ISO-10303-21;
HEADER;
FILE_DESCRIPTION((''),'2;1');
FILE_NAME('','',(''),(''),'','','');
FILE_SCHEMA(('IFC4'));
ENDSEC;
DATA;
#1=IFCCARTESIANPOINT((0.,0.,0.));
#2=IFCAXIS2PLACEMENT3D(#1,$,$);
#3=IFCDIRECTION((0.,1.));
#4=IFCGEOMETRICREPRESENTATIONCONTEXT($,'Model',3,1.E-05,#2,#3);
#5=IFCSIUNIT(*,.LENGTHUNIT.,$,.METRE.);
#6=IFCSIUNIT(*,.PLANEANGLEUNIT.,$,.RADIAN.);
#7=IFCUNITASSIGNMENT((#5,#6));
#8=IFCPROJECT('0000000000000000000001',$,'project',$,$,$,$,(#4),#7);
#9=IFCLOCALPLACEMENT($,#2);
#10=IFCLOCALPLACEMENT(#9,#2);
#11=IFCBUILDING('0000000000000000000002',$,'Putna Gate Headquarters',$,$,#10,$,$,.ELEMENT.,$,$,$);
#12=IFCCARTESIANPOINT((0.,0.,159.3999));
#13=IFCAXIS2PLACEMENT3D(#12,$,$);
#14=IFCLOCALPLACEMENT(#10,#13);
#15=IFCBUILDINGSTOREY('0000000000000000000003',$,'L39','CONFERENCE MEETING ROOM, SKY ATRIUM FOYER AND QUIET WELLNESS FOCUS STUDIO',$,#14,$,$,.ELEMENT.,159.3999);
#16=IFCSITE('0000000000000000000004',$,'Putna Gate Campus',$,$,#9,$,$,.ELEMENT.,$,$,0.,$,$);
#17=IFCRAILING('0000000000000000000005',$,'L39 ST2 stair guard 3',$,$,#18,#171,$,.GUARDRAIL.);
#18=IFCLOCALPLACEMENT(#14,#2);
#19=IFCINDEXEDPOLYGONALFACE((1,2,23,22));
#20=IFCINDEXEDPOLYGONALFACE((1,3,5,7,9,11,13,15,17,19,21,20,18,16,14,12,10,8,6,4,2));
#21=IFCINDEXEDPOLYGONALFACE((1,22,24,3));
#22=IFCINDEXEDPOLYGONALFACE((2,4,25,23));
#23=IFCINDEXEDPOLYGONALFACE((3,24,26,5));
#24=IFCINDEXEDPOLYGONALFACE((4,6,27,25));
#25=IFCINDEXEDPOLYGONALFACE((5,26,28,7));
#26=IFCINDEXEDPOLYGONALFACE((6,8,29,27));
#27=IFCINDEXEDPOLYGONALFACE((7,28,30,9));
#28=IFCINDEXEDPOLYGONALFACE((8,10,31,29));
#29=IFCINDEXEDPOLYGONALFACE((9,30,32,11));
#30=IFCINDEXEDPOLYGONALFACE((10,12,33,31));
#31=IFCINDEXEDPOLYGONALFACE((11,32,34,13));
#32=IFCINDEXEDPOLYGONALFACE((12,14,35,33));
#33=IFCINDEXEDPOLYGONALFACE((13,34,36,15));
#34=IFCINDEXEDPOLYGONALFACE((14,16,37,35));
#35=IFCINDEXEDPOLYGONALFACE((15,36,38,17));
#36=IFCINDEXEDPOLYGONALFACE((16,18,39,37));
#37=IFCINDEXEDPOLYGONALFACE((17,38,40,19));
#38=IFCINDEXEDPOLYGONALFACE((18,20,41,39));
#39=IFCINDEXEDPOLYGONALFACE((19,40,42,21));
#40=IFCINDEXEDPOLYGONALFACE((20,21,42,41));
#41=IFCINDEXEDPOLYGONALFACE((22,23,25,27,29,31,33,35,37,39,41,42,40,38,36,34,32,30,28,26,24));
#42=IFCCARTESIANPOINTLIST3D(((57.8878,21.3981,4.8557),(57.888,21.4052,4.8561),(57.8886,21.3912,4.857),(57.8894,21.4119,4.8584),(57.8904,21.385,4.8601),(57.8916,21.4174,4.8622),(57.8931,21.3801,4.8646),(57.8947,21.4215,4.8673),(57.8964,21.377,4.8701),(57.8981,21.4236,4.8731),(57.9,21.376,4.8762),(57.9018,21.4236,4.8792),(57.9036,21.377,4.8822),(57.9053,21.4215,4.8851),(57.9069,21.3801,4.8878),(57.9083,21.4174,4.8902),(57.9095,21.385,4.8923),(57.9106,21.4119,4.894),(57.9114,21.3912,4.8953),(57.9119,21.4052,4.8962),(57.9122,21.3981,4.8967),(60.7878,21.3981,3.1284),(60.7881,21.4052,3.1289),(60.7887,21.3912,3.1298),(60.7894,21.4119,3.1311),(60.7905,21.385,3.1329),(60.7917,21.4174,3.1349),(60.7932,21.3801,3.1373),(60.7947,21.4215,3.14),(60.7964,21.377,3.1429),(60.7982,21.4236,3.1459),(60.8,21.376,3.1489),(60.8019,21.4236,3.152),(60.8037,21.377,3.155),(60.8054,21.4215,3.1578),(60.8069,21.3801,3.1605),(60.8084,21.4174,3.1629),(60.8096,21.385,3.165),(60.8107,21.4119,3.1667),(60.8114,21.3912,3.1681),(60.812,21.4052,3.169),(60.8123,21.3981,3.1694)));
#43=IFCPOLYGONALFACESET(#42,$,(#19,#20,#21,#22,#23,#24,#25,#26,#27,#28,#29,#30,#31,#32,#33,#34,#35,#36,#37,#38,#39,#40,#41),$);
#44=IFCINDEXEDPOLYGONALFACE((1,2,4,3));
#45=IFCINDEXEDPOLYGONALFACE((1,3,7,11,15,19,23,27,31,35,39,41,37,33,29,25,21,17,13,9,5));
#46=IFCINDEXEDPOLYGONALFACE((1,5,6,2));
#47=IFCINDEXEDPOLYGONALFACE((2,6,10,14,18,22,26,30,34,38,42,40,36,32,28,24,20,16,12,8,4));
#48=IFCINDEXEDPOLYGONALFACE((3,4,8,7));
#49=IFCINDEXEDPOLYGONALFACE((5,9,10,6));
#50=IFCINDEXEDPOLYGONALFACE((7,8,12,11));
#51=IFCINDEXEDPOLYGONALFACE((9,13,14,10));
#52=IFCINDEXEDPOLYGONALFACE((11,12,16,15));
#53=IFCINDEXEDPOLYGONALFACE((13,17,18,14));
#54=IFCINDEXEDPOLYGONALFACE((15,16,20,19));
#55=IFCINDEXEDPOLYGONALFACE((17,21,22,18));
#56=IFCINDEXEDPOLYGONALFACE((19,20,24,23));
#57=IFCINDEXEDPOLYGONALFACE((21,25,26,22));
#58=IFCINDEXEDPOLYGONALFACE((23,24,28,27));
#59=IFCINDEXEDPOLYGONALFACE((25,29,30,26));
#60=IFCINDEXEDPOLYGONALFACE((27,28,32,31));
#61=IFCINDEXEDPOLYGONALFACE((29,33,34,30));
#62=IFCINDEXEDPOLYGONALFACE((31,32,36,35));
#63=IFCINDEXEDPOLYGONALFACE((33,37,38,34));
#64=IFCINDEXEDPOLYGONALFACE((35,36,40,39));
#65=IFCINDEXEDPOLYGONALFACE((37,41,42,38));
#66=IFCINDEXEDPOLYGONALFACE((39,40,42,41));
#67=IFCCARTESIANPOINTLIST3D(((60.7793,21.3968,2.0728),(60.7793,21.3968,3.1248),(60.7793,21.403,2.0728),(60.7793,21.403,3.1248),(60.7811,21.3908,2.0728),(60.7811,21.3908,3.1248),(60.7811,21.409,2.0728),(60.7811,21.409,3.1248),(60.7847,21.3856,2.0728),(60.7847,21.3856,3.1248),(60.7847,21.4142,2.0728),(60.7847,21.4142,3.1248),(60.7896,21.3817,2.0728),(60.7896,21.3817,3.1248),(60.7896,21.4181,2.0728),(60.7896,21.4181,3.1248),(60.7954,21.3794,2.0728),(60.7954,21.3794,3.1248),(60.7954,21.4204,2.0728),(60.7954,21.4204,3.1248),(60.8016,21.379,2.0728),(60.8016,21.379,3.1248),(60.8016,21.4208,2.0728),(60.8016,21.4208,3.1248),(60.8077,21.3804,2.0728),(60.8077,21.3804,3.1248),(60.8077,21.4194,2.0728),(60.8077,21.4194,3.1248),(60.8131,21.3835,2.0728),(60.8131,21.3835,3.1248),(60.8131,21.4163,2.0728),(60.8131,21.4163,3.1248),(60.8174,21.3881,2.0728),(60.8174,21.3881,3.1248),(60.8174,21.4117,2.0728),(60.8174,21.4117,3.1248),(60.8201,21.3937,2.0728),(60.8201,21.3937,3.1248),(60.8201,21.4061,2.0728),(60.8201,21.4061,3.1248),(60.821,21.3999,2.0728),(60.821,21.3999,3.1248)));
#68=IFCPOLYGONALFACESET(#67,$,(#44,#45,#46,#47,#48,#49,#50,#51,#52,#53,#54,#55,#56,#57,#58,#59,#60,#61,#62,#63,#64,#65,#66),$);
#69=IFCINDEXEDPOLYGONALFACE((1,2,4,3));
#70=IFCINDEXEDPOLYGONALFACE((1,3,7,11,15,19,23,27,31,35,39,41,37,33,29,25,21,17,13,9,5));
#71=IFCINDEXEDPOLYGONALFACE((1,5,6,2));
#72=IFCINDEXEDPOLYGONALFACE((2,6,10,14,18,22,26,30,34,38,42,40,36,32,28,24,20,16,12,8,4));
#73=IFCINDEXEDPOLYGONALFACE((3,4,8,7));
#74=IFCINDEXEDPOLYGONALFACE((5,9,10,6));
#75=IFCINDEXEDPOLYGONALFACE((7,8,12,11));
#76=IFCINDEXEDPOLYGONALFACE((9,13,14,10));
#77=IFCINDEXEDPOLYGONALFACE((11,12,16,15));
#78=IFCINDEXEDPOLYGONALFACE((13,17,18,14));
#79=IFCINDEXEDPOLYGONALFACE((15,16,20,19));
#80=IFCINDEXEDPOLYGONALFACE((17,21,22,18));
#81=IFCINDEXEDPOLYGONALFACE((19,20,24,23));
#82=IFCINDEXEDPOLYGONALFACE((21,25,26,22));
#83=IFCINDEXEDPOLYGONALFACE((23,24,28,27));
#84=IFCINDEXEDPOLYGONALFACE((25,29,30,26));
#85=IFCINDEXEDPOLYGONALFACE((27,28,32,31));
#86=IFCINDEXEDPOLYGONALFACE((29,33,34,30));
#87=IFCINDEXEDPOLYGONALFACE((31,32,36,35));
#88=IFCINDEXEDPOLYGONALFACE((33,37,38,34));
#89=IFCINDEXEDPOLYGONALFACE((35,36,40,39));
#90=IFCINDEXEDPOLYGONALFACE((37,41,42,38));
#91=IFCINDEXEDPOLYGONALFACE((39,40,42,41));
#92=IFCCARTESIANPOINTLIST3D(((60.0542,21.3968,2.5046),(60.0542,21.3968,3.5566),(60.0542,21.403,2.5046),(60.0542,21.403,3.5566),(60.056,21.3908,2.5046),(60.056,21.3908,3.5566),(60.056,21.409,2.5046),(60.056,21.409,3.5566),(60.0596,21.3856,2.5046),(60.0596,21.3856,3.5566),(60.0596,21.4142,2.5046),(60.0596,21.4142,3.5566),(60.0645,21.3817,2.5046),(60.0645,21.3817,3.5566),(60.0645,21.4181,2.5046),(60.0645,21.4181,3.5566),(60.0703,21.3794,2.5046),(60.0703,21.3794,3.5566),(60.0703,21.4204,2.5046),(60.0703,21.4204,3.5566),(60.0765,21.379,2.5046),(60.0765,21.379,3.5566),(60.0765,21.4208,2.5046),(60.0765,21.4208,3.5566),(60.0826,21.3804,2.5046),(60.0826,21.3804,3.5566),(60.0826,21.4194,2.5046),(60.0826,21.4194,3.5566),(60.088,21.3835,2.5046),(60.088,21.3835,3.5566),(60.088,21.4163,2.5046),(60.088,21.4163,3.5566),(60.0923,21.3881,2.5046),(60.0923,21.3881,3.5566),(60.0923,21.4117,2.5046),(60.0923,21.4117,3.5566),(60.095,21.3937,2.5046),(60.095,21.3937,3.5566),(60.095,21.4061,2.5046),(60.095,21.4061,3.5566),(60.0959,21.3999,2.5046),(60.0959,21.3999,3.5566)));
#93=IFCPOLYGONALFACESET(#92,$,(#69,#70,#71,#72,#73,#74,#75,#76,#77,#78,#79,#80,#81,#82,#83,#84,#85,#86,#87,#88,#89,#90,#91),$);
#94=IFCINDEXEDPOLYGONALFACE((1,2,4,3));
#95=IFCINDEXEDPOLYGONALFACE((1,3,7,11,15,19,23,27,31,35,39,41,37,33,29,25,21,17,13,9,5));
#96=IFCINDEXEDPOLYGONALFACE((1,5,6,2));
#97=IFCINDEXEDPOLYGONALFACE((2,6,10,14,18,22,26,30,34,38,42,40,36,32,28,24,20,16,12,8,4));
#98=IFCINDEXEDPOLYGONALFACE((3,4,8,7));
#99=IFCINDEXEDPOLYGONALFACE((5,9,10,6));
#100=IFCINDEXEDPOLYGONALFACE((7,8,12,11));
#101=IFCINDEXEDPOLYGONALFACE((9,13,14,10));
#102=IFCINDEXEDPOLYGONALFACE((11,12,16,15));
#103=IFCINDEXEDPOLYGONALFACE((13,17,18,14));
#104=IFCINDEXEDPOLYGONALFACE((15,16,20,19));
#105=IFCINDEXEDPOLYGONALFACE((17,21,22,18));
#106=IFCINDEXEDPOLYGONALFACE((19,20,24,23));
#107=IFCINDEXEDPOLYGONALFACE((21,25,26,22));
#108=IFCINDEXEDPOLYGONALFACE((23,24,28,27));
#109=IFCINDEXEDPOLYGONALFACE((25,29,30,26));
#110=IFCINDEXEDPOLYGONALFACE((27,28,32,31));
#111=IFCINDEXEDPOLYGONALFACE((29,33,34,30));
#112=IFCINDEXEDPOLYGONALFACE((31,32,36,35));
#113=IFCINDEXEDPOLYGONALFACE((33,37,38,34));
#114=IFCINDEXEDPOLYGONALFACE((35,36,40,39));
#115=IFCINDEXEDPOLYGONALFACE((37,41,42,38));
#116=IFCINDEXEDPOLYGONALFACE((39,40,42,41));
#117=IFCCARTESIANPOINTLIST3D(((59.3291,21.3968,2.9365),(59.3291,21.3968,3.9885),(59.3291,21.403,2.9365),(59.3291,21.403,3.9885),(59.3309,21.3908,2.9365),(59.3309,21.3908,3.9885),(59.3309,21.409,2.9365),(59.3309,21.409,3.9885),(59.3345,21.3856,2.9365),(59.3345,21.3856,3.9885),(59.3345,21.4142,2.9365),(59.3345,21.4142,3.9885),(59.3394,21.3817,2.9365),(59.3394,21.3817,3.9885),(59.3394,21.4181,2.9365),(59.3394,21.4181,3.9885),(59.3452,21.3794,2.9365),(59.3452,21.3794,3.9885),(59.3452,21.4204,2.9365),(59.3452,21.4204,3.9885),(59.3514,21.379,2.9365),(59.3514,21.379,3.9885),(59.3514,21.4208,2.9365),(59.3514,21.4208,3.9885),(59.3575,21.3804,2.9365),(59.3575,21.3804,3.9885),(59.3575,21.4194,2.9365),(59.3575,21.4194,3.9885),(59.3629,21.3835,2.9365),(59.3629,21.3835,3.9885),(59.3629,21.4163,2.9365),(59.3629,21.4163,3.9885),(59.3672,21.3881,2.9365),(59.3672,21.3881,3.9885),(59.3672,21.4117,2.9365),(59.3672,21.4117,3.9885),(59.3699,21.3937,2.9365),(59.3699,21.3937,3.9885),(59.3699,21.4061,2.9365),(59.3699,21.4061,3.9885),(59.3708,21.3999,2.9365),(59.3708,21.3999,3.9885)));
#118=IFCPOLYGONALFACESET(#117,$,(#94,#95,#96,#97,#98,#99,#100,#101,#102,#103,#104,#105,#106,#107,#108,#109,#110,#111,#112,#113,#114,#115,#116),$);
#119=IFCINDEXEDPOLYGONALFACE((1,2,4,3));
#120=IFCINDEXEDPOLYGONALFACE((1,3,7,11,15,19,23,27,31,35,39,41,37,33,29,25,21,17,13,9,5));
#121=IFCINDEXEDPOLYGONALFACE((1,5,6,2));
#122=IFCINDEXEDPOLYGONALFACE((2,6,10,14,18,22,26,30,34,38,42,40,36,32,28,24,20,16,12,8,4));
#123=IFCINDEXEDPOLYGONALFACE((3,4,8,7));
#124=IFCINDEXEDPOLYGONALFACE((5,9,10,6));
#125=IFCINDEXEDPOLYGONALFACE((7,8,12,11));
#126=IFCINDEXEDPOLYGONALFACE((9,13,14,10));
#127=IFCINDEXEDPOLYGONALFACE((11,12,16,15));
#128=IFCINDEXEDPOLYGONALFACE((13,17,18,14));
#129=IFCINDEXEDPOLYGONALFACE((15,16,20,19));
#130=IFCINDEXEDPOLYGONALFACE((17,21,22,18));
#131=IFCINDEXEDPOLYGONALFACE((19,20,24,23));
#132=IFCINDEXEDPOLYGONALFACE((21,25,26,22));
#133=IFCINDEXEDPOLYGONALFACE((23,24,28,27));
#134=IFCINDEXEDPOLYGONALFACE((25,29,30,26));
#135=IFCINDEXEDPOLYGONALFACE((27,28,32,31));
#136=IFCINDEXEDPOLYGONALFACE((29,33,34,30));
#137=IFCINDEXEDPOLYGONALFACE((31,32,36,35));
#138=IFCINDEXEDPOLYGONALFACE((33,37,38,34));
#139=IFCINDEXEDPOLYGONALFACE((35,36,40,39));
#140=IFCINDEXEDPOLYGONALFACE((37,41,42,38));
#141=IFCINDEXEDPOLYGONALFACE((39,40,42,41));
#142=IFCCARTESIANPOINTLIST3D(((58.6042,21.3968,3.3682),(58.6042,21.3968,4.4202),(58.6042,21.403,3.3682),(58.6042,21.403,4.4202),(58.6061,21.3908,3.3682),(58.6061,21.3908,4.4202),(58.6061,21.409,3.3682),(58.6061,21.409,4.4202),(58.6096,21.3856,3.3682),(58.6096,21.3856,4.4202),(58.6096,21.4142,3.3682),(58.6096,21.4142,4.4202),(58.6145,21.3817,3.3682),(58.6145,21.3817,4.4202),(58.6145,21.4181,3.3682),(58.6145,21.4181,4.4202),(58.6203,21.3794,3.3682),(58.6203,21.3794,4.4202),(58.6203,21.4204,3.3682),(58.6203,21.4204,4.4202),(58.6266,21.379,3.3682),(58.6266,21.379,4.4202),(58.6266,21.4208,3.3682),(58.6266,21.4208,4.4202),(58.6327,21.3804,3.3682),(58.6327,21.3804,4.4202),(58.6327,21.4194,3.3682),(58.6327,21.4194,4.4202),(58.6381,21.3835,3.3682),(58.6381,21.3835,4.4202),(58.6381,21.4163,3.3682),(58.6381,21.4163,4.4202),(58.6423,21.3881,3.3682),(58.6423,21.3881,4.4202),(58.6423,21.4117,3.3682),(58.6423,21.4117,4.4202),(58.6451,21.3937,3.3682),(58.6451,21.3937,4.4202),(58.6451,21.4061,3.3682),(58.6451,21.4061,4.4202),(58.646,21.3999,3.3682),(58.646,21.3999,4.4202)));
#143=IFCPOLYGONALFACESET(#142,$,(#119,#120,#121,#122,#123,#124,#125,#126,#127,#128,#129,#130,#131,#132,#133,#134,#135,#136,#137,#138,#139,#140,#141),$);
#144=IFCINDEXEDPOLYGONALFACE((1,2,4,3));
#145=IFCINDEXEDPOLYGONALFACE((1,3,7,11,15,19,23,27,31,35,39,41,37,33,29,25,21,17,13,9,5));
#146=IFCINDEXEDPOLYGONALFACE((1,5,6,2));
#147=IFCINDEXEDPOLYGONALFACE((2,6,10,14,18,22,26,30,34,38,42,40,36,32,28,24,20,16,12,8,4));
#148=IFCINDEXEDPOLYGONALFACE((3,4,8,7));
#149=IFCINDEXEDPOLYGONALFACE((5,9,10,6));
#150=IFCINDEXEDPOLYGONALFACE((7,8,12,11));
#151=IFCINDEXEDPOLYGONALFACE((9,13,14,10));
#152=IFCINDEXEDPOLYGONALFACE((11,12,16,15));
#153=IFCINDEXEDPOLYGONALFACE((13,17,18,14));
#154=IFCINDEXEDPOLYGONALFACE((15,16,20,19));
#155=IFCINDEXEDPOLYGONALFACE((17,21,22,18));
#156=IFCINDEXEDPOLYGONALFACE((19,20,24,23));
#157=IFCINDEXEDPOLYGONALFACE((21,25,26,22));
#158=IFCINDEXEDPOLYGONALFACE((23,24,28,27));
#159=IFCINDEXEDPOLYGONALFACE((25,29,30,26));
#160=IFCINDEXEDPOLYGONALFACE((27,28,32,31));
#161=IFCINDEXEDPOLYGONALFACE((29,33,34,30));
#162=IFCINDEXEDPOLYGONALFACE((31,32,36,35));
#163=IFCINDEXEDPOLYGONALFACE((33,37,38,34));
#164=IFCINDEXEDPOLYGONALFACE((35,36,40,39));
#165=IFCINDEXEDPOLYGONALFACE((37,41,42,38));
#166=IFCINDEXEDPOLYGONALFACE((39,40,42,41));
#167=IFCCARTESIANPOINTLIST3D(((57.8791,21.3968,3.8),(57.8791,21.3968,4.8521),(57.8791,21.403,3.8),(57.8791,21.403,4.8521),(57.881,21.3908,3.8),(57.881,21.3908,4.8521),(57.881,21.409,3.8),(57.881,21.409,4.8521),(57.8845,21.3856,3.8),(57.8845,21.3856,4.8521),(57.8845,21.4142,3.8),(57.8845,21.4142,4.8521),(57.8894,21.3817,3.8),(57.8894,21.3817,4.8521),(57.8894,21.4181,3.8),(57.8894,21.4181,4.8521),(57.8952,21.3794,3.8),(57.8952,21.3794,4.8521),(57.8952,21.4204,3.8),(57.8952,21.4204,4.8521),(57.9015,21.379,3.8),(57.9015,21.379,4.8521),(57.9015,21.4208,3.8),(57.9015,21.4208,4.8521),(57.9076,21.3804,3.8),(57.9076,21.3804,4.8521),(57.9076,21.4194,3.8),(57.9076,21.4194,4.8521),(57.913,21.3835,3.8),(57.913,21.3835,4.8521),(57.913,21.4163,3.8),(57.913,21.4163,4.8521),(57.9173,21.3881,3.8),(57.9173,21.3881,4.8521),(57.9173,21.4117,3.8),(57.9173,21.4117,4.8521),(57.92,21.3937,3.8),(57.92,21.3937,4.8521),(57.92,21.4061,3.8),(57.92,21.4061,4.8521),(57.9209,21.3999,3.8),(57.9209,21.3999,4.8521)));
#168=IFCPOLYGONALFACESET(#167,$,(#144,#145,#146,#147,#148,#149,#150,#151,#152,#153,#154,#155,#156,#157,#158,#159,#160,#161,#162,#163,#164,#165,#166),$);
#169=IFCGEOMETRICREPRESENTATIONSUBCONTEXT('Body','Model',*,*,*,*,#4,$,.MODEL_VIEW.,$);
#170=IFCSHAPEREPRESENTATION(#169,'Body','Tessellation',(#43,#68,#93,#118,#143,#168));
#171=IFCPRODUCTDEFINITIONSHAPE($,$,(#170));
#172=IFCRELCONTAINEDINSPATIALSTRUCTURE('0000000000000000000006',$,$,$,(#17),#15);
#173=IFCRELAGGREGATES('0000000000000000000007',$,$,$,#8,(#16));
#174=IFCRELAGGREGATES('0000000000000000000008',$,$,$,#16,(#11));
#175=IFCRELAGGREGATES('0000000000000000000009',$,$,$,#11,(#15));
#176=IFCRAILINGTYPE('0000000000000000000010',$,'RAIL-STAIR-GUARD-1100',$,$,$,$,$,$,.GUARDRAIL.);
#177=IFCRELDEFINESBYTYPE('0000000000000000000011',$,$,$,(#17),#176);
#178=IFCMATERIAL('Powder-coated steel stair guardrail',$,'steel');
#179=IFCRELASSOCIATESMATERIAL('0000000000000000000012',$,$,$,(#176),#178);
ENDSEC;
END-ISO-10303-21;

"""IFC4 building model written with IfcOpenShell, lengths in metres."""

from ifc_helpers import new_model, si_unit, direction, frame, origin, origin_2d, place, context, subcontext, project, spatial, circle, extrude, material, type_object, element, save


model = new_model("IFC4")

# Units and contexts
model_context = context("Model", 3, precision=1e-05, world=origin(), true_north=direction((0.0, 1.0)))
body_context = subcontext(model_context, "Body", "Model", "MODEL_VIEW")
ifc_project = project(units=[si_unit("LENGTHUNIT", "METRE"), si_unit("PLANEANGLEUNIT", "RADIAN")], contexts=[model_context])

# Site, building, storey
site_placement = place(None, origin())
site = spatial("IfcSite", under=ifc_project, at=site_placement, Name="Putna Gate Campus", CompositionType="ELEMENT", RefElevation=0.0)
building_placement = place(site_placement, origin())
building = spatial("IfcBuilding", under=site, at=building_placement, Name="Putna Gate Headquarters", CompositionType="ELEMENT")
storey_placement = place(building_placement, frame((0.0, 0.0, 159.3999)))
storey = spatial("IfcBuildingStorey", under=building, at=storey_placement, Name="L39", Description="CONFERENCE MEETING ROOM, SKY ATRIUM FOYER AND QUIET WELLNESS FOCUS STUDIO", CompositionType="ELEMENT", Elevation=159.3999)

# Railing
ifc_material_1 = material(Name="Powder-coated steel stair guardrail", Category="steel")
railing_type_1 = type_object("IfcRailingType", Name="RAIL-STAIR-GUARD-1100", PredefinedType="GUARDRAIL", material=ifc_material_1)
railing_1_placement = place(storey_placement, frame((60.8, 21.3999, 2.0728)))
element("IfcRailing", 1, at=railing_1_placement, inside=storey, type_object=railing_type_1, Name="L39 ST2 stair guard 3", PredefinedType="GUARDRAIL", context=body_context, shape_type="SweptSolid", body=[
    extrude(circle(Radius=0.0239, at=origin_2d()), frame((0.0, 0.0, 1.0762), z_axis=(-0.85916, 0.0, 0.511706), x_axis=(0.0, -1.0, 0.0)), (0.0, 0.0, 1.0), 3.3755),
    extrude(circle(Radius=0.021, at=origin_2d()), origin(), (0.0, 0.0, 1.0), 1.052),
    extrude(circle(Radius=0.021, at=origin_2d()), frame((-0.7251, 0.0, 0.4319)), (0.0, 0.0, 1.0), 1.052),
    extrude(circle(Radius=0.021, at=origin_2d()), frame((-1.4502, 0.0, 0.8638)), (0.0, 0.0, 1.0), 1.052),
    extrude(circle(Radius=0.021, at=origin_2d()), frame((-2.175, 0.0, 1.2954)), (0.0, 0.0, 1.0), 1.052),
    extrude(circle(Radius=0.021, at=origin_2d()), frame((-2.9001, 0.0, 1.7273)), (0.0, 0.0, 1.0), 1.052),
])

save(model, "model.ifc")
